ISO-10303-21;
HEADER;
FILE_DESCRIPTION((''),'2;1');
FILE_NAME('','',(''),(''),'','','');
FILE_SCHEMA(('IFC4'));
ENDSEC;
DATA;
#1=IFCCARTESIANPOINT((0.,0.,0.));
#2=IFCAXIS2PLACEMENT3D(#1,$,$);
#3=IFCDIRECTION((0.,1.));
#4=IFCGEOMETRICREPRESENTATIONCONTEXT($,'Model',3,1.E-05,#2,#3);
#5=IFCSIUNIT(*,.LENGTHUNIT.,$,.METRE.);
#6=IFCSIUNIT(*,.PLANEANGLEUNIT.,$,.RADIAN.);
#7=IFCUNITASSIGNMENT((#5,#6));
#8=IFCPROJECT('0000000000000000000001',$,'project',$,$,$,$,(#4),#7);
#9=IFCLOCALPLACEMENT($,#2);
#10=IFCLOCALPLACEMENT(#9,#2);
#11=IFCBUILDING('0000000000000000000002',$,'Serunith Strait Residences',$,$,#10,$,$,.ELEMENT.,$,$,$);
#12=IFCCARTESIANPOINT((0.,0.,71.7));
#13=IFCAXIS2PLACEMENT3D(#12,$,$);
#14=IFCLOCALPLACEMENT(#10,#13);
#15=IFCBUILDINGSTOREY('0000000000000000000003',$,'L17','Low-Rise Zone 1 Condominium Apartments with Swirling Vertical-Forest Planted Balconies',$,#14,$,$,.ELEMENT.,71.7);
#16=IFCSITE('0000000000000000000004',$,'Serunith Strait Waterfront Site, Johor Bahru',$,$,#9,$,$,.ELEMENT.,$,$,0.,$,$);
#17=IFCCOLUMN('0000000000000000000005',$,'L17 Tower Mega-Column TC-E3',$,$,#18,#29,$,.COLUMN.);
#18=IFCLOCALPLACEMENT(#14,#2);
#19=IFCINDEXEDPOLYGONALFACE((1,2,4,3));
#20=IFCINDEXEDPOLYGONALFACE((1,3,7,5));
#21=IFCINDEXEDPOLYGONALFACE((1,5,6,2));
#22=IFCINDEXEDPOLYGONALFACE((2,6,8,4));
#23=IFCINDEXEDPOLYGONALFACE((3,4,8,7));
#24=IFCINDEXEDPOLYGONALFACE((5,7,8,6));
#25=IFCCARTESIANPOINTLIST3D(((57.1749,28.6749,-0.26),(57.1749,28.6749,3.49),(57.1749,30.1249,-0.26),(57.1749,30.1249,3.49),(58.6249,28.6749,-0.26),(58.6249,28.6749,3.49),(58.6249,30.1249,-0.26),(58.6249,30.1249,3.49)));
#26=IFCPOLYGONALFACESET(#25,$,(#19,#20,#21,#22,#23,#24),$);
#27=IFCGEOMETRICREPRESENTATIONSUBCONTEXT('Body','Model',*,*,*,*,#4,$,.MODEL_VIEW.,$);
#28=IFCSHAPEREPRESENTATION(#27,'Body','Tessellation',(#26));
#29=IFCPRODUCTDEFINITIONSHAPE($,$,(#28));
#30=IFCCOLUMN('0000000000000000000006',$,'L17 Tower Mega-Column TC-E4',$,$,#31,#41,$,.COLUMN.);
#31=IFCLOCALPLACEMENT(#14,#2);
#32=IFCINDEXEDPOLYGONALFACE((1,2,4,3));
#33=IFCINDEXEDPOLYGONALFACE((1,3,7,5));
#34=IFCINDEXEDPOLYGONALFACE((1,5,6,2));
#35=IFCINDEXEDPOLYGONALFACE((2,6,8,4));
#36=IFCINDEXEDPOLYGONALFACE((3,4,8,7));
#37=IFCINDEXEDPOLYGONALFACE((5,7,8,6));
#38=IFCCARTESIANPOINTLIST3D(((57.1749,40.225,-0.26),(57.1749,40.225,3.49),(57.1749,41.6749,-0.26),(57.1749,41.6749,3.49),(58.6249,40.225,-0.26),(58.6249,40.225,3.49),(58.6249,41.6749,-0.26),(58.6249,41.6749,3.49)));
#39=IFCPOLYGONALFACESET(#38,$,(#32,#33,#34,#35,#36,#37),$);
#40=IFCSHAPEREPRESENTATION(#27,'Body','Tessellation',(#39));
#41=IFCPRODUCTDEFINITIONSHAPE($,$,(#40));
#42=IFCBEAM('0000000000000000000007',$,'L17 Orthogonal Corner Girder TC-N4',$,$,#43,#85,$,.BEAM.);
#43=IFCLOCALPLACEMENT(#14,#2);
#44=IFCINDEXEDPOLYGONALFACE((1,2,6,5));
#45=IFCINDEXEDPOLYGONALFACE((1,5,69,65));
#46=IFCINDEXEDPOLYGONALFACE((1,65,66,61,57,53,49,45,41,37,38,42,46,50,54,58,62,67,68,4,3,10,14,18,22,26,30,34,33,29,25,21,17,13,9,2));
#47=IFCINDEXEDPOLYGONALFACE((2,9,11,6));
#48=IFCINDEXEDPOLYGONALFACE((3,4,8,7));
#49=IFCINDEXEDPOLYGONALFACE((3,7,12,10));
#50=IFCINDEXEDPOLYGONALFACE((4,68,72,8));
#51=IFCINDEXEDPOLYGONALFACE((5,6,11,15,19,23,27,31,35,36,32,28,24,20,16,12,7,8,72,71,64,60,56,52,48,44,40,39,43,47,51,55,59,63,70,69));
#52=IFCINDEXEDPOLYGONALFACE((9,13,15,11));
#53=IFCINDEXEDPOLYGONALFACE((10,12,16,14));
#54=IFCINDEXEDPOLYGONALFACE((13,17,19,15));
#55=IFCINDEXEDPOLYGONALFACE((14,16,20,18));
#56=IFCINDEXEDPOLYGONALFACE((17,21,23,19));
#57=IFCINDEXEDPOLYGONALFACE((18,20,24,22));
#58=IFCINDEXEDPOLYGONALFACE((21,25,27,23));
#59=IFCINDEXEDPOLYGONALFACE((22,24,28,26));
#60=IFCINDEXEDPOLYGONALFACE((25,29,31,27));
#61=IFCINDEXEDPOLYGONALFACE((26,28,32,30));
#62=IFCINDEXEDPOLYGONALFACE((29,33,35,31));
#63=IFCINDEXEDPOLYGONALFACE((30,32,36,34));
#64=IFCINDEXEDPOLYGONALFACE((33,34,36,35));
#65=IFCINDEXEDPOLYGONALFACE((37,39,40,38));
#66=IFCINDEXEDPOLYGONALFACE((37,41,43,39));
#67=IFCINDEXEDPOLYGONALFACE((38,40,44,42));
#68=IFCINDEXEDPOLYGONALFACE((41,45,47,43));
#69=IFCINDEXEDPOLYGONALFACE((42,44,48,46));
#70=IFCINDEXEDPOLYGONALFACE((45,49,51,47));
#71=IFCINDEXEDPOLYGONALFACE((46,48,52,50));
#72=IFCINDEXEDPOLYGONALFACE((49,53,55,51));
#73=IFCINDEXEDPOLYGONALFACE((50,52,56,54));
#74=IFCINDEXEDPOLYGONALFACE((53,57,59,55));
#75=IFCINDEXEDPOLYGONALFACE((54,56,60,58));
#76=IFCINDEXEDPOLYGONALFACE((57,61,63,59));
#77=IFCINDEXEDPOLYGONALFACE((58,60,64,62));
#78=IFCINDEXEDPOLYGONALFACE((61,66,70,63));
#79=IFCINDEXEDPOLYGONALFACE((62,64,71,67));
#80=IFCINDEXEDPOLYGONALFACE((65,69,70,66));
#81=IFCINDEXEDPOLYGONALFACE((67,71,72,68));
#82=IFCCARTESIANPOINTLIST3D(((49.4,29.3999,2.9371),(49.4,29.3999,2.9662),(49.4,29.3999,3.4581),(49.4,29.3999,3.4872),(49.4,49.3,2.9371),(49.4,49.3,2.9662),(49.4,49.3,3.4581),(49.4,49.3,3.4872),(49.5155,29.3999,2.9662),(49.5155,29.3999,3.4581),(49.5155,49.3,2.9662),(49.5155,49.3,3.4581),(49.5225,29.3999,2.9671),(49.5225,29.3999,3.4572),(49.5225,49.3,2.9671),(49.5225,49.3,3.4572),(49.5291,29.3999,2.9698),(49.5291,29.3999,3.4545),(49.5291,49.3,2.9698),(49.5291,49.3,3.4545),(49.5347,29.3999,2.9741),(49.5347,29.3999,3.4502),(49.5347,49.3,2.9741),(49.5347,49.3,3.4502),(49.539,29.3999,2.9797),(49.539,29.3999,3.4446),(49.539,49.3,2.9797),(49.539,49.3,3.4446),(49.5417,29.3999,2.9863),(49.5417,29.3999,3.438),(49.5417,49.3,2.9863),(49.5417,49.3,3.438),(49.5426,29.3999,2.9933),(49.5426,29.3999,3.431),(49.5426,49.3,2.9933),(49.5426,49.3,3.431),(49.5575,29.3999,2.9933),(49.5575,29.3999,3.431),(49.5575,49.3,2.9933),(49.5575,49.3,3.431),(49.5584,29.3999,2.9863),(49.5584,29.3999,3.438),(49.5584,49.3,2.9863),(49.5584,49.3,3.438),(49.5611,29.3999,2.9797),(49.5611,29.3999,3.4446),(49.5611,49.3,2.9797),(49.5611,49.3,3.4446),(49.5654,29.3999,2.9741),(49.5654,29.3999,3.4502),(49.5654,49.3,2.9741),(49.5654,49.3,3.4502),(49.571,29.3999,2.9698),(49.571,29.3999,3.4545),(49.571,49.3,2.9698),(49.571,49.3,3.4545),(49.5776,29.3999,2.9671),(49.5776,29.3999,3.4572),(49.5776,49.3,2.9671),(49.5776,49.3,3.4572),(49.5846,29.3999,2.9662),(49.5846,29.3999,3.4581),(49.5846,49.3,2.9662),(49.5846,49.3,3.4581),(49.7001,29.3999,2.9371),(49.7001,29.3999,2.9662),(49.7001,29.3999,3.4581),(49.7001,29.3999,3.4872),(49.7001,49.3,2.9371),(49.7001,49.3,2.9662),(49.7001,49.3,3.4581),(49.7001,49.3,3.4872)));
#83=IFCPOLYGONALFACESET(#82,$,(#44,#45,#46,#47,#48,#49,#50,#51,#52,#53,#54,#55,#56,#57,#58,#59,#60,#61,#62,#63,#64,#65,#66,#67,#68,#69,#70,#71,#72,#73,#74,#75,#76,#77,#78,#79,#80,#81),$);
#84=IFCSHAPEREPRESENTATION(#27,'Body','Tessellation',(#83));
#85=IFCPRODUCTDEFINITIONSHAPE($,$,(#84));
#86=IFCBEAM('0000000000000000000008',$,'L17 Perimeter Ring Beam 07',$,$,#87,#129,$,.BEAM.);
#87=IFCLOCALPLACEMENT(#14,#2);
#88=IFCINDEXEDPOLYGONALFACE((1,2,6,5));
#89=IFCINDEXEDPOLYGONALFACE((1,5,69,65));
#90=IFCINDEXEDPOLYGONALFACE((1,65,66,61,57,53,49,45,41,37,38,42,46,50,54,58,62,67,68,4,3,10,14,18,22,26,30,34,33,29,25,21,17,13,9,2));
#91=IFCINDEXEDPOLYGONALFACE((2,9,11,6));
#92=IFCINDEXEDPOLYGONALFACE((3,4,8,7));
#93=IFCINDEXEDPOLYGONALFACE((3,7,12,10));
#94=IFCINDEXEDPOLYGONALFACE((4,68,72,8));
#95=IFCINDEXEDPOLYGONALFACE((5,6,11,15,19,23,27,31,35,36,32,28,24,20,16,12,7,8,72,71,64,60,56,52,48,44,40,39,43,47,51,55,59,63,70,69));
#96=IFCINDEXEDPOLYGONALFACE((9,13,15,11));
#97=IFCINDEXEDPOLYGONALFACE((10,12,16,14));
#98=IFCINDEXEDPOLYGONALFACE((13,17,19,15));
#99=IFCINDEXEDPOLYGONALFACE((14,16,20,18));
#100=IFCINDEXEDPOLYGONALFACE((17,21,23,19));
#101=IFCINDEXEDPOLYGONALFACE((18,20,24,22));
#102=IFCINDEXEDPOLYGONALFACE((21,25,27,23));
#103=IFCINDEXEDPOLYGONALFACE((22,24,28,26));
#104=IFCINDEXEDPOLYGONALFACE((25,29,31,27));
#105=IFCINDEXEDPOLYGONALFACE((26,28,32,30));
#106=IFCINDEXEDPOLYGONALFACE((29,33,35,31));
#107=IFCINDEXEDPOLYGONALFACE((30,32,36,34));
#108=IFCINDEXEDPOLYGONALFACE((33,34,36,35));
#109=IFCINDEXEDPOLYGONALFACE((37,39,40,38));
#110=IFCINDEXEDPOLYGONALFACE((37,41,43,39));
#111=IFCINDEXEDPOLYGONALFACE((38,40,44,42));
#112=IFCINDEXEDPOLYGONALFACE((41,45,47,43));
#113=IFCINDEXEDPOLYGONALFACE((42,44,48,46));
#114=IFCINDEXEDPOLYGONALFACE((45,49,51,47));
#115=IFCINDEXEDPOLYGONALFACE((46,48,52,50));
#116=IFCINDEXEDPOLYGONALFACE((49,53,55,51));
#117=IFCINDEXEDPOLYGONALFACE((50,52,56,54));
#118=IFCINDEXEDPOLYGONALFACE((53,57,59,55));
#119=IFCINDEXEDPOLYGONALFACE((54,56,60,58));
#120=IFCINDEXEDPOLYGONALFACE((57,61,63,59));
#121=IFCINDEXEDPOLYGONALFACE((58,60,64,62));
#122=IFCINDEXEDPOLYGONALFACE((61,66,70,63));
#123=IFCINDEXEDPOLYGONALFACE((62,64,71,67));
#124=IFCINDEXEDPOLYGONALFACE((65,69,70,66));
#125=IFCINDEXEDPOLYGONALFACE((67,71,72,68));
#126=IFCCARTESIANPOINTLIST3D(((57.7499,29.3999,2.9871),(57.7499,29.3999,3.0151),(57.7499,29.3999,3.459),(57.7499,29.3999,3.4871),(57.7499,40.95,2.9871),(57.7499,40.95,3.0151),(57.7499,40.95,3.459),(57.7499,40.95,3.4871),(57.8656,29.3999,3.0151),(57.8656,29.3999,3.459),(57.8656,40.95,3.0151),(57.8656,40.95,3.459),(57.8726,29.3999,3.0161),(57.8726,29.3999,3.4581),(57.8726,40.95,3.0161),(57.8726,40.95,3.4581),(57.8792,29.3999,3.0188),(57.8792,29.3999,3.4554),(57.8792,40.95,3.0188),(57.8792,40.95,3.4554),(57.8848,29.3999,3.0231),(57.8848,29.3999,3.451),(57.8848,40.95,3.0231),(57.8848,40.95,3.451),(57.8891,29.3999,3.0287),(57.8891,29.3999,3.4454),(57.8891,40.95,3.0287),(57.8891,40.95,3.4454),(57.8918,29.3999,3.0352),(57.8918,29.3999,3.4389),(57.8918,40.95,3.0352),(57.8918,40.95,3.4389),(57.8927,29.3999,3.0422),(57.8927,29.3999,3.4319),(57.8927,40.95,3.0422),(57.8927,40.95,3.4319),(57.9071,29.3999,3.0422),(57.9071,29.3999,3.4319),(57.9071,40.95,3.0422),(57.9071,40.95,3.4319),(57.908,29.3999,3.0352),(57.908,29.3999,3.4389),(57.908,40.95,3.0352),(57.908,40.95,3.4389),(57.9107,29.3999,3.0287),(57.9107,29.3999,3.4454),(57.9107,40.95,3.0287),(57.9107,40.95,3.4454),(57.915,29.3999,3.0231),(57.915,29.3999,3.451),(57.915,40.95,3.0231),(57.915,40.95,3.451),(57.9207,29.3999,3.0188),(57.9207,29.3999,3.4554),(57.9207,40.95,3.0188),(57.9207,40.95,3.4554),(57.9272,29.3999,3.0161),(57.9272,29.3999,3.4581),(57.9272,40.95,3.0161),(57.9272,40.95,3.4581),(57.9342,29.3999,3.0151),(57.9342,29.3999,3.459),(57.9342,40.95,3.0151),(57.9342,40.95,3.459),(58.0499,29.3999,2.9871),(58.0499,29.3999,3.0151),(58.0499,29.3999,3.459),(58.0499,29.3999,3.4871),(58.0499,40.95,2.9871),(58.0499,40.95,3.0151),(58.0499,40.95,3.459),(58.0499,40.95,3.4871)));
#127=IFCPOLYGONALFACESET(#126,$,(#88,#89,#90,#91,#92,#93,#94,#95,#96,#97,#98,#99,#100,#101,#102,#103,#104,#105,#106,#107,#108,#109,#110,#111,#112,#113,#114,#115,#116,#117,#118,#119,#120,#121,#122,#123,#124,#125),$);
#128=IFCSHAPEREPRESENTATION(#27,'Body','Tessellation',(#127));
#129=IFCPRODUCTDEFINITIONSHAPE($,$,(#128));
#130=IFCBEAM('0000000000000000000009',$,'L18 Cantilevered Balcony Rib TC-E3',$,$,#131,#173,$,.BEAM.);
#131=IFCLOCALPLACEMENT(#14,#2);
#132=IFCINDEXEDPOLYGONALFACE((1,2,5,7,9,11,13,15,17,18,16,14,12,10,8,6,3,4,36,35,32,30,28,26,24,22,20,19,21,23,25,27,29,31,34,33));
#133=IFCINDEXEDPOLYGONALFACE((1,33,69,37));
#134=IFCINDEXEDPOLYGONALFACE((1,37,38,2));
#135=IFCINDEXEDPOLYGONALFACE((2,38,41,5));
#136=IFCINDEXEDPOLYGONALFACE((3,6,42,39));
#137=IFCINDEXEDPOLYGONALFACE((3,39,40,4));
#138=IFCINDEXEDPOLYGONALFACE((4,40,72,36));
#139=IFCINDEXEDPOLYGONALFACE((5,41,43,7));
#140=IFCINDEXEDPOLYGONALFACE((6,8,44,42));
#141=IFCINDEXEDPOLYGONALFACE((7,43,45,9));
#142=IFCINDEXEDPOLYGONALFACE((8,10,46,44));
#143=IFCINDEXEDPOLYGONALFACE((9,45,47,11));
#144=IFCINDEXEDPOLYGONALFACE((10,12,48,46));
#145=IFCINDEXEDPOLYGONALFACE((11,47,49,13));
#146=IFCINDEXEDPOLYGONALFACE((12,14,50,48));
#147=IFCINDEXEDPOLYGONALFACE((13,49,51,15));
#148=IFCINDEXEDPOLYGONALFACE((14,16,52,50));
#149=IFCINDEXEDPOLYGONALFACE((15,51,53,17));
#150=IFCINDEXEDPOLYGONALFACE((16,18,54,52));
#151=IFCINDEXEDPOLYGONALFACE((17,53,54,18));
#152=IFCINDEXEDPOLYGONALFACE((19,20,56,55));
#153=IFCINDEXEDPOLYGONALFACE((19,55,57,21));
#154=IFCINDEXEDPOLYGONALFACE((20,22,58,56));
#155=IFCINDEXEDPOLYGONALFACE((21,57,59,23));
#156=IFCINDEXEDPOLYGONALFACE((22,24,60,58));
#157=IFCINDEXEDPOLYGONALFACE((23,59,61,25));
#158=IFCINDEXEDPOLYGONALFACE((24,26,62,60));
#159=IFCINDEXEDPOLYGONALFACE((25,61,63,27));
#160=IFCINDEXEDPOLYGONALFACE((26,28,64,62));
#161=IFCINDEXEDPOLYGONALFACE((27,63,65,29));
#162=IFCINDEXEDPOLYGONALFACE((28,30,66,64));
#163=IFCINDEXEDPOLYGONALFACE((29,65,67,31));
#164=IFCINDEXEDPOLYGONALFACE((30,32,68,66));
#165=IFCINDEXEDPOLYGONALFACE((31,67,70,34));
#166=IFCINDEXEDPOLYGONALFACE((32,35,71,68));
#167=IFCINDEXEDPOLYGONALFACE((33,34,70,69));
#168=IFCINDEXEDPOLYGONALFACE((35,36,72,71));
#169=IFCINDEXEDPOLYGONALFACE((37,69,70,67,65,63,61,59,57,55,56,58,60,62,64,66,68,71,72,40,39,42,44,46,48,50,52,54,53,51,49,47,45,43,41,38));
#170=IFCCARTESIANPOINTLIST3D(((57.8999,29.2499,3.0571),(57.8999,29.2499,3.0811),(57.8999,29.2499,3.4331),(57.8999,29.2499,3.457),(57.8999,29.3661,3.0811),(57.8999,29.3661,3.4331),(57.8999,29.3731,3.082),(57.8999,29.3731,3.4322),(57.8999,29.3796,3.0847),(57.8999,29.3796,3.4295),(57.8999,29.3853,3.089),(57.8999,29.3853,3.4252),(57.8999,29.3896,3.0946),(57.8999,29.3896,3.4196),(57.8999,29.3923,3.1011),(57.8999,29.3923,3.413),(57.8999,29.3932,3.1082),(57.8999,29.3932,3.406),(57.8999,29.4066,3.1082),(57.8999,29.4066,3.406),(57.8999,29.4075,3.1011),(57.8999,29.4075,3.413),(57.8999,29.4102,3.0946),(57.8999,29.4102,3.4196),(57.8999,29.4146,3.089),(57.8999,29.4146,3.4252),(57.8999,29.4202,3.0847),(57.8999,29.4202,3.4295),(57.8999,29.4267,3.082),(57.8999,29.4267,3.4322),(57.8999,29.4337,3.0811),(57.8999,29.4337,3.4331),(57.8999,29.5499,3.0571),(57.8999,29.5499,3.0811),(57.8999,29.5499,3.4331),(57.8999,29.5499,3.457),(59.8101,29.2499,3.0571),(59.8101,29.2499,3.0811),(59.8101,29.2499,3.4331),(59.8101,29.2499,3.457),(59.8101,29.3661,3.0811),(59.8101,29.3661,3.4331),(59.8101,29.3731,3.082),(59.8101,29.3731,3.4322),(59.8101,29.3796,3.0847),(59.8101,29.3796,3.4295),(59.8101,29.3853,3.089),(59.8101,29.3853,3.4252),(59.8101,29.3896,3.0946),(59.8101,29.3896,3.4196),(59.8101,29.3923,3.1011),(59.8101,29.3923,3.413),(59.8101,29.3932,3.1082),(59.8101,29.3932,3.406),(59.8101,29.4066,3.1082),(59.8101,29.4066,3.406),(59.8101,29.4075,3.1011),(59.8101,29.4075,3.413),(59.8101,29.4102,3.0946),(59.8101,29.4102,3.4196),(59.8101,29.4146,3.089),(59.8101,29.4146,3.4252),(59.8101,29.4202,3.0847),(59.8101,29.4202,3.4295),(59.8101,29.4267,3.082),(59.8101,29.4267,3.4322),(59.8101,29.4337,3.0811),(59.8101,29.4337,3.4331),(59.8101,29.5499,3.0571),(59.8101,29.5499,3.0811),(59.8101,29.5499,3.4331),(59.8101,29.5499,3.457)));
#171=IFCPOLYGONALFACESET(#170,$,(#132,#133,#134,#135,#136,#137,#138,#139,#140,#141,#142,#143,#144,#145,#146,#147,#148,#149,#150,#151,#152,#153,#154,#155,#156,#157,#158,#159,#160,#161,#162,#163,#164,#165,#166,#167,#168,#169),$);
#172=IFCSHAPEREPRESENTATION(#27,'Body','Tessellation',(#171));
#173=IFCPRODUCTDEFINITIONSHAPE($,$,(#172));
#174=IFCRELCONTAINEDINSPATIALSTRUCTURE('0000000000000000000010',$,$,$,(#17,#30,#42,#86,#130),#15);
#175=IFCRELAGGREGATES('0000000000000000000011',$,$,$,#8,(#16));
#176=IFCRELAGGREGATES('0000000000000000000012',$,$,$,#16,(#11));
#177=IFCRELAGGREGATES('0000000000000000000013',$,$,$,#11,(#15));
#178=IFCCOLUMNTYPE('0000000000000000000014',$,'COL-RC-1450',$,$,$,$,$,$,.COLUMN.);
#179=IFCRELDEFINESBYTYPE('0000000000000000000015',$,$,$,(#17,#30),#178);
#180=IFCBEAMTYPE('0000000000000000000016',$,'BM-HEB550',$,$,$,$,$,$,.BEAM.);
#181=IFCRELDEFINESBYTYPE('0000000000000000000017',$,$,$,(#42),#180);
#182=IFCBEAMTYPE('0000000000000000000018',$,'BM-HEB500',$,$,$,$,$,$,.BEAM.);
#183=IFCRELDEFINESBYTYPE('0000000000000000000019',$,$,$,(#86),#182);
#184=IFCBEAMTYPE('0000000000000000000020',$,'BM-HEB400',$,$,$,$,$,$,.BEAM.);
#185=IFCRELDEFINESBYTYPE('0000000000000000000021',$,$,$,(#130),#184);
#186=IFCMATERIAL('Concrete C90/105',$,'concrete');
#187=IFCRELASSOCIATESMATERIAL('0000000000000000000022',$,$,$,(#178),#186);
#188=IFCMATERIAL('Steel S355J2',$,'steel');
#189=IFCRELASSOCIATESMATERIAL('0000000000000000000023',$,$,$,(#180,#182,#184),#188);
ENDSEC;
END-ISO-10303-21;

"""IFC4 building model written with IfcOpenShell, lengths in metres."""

from ifc_helpers import new_model, si_unit, direction, frame, origin, origin_2d, place, context, subcontext, project, spatial, rectangle, i_section, extrude, source, transform, mapped, material, material_profile, profile_set, type_object, element, save


model = new_model("IFC4")

# Units and contexts
model_context = context("Model", 3, precision=1e-05, world=origin(), true_north=direction((0.0, 1.0)))
body_context = subcontext(model_context, "Body", "Model", "MODEL_VIEW")
ifc_project = project(units=[si_unit("LENGTHUNIT", "METRE"), si_unit("PLANEANGLEUNIT", "RADIAN")], contexts=[model_context])

# Site, building, storey
site_placement = place(None, origin())
site = spatial("IfcSite", under=ifc_project, at=site_placement, Name="Serunith Strait Waterfront Site, Johor Bahru", CompositionType="ELEMENT", RefElevation=0.0)
building_placement = place(site_placement, origin())
building = spatial("IfcBuilding", under=site, at=building_placement, Name="Serunith Strait Residences", CompositionType="ELEMENT")
storey_placement = place(building_placement, frame((0.0, 0.0, 71.7)))
storey = spatial("IfcBuildingStorey", under=building, at=storey_placement, Name="L17", Description="Low-Rise Zone 1 Condominium Apartments with Swirling Vertical-Forest Planted Balconies", CompositionType="ELEMENT", Elevation=71.7)

# Columns
ifc_material_1 = material(Name="Concrete C90/105", Category="concrete")
ifc_material_profile_1 = material_profile(ifc_material_1, rectangle(XDim=1.45, YDim=1.45, at=origin_2d()), Name="RC 1450x1450")
ifc_profile_set_1 = profile_set([ifc_material_profile_1], Name="Concrete C90/105")
column_type = type_object("IfcColumnType", Name="COL-RC-1450", PredefinedType="COLUMN", material=ifc_profile_set_1)
shared_shape_1 = source(origin(), body_context, "Body", "SweptSolid", [
    extrude(rectangle(XDim=1.45, YDim=1.45, at=origin_2d()), origin(), (0.0, 0.0, 1.0), 3.75),
])
for number, where, z_axis, x_axis, name in (
    (1, (57.8999, 29.3999, -0.26), (0.0, 0.0, 1.0), (1.0, 0.0, 0.0), "L17 Tower Mega-Column TC-E3"),
    (2, (57.8999, 40.95, -0.26), (0.0, 0.0, 1.0), (1.0, 0.0, 0.0), "L17 Tower Mega-Column TC-E4"),
):
    element("IfcColumn", number, at=place(storey_placement, frame(where, z_axis=z_axis, x_axis=x_axis)), inside=storey, type_object=column_type, Name=name, PredefinedType="COLUMN", context=body_context, shape_type="MappedRepresentation", body=[
        mapped(shared_shape_1, transform((0.0, 0.0, 0.0), scale=1.0)),
    ])

# Beams
ifc_material_2 = material(Name="Steel S355J2", Category="steel")
ifc_material_profile_2 = material_profile(ifc_material_2, i_section(OverallWidth=0.3, OverallDepth=0.55, WebThickness=0.0149, FlangeThickness=0.0291, FilletRadius=0.0271, at=origin_2d()), Name="HEB 550")
ifc_profile_set_2 = profile_set([ifc_material_profile_2], Name="Steel S355J2")
beam_type_1 = type_object("IfcBeamType", Name="BM-HEB550", PredefinedType="BEAM", material=ifc_profile_set_2)
shared_shape_2 = source(origin(), body_context, "Body", "SweptSolid", [
    extrude(i_section(OverallWidth=0.3, OverallDepth=0.55, WebThickness=0.0149, FlangeThickness=0.0291, FilletRadius=0.0271, at=origin_2d()), origin(), (0.0, 0.0, 1.0), 19.9001),
])
beam_1_placement = place(storey_placement, frame((49.55, 29.3999, 3.2122), z_axis=(0.0, 1.0, 0.0), x_axis=(-1.0, 0.0, 0.0)))
element("IfcBeam", 3, at=beam_1_placement, inside=storey, type_object=beam_type_1, Name="L17 Orthogonal Corner Girder TC-N4", PredefinedType="BEAM", context=body_context, shape_type="MappedRepresentation", body=[
    mapped(shared_shape_2, transform((0.0, 0.0, 0.0), scale=1.0)),
])
ifc_material_profile_3 = material_profile(ifc_material_2, i_section(OverallWidth=0.3, OverallDepth=0.5, WebThickness=0.0144, FlangeThickness=0.0281, FilletRadius=0.0271, at=origin_2d()), Name="HEB 500")
ifc_profile_set_3 = profile_set([ifc_material_profile_3], Name="Steel S355J2")
beam_type_2 = type_object("IfcBeamType", Name="BM-HEB500", PredefinedType="BEAM", material=ifc_profile_set_3)
shared_shape_3 = source(origin(), body_context, "Body", "SweptSolid", [
    extrude(i_section(OverallWidth=0.3, OverallDepth=0.5, WebThickness=0.0144, FlangeThickness=0.0281, FilletRadius=0.0271, at=origin_2d()), origin(), (0.0, 0.0, 1.0), 11.55),
])
beam_2_placement = place(storey_placement, frame((57.8999, 29.3999, 3.2371), z_axis=(0.0, 1.0, 0.0), x_axis=(-1.0, 0.0, 0.0)))
element("IfcBeam", 4, at=beam_2_placement, inside=storey, type_object=beam_type_2, Name="L17 Perimeter Ring Beam 07", PredefinedType="BEAM", context=body_context, shape_type="MappedRepresentation", body=[
    mapped(shared_shape_3, transform((0.0, 0.0, 0.0), scale=1.0)),
])
ifc_material_profile_4 = material_profile(ifc_material_2, i_section(OverallWidth=0.3, OverallDepth=0.3999, WebThickness=0.0134, FlangeThickness=0.0239, FilletRadius=0.0271, at=origin_2d()), Name="HEB 400")
ifc_profile_set_4 = profile_set([ifc_material_profile_4], Name="Steel S355J2")
beam_type_3 = type_object("IfcBeamType", Name="BM-HEB400", PredefinedType="BEAM", material=ifc_profile_set_4)
shared_shape_4 = source(origin(), body_context, "Body", "SweptSolid", [
    extrude(i_section(OverallWidth=0.3, OverallDepth=0.3999, WebThickness=0.0134, FlangeThickness=0.0239, FilletRadius=0.0271, at=origin_2d()), origin(), (0.0, 0.0, 1.0), 1.9102),
])
beam_3_placement = place(storey_placement, frame((57.8999, 29.3999, 3.2571), z_axis=(1.0, 0.0, 0.0), x_axis=(0.0, 1.0, 0.0)))
element("IfcBeam", 5, at=beam_3_placement, inside=storey, type_object=beam_type_3, Name="L18 Cantilevered Balcony Rib TC-E3", PredefinedType="BEAM", context=body_context, shape_type="MappedRepresentation", body=[
    mapped(shared_shape_4, transform((0.0, 0.0, 0.0), scale=1.0)),
])

save(model, "model.ifc")
